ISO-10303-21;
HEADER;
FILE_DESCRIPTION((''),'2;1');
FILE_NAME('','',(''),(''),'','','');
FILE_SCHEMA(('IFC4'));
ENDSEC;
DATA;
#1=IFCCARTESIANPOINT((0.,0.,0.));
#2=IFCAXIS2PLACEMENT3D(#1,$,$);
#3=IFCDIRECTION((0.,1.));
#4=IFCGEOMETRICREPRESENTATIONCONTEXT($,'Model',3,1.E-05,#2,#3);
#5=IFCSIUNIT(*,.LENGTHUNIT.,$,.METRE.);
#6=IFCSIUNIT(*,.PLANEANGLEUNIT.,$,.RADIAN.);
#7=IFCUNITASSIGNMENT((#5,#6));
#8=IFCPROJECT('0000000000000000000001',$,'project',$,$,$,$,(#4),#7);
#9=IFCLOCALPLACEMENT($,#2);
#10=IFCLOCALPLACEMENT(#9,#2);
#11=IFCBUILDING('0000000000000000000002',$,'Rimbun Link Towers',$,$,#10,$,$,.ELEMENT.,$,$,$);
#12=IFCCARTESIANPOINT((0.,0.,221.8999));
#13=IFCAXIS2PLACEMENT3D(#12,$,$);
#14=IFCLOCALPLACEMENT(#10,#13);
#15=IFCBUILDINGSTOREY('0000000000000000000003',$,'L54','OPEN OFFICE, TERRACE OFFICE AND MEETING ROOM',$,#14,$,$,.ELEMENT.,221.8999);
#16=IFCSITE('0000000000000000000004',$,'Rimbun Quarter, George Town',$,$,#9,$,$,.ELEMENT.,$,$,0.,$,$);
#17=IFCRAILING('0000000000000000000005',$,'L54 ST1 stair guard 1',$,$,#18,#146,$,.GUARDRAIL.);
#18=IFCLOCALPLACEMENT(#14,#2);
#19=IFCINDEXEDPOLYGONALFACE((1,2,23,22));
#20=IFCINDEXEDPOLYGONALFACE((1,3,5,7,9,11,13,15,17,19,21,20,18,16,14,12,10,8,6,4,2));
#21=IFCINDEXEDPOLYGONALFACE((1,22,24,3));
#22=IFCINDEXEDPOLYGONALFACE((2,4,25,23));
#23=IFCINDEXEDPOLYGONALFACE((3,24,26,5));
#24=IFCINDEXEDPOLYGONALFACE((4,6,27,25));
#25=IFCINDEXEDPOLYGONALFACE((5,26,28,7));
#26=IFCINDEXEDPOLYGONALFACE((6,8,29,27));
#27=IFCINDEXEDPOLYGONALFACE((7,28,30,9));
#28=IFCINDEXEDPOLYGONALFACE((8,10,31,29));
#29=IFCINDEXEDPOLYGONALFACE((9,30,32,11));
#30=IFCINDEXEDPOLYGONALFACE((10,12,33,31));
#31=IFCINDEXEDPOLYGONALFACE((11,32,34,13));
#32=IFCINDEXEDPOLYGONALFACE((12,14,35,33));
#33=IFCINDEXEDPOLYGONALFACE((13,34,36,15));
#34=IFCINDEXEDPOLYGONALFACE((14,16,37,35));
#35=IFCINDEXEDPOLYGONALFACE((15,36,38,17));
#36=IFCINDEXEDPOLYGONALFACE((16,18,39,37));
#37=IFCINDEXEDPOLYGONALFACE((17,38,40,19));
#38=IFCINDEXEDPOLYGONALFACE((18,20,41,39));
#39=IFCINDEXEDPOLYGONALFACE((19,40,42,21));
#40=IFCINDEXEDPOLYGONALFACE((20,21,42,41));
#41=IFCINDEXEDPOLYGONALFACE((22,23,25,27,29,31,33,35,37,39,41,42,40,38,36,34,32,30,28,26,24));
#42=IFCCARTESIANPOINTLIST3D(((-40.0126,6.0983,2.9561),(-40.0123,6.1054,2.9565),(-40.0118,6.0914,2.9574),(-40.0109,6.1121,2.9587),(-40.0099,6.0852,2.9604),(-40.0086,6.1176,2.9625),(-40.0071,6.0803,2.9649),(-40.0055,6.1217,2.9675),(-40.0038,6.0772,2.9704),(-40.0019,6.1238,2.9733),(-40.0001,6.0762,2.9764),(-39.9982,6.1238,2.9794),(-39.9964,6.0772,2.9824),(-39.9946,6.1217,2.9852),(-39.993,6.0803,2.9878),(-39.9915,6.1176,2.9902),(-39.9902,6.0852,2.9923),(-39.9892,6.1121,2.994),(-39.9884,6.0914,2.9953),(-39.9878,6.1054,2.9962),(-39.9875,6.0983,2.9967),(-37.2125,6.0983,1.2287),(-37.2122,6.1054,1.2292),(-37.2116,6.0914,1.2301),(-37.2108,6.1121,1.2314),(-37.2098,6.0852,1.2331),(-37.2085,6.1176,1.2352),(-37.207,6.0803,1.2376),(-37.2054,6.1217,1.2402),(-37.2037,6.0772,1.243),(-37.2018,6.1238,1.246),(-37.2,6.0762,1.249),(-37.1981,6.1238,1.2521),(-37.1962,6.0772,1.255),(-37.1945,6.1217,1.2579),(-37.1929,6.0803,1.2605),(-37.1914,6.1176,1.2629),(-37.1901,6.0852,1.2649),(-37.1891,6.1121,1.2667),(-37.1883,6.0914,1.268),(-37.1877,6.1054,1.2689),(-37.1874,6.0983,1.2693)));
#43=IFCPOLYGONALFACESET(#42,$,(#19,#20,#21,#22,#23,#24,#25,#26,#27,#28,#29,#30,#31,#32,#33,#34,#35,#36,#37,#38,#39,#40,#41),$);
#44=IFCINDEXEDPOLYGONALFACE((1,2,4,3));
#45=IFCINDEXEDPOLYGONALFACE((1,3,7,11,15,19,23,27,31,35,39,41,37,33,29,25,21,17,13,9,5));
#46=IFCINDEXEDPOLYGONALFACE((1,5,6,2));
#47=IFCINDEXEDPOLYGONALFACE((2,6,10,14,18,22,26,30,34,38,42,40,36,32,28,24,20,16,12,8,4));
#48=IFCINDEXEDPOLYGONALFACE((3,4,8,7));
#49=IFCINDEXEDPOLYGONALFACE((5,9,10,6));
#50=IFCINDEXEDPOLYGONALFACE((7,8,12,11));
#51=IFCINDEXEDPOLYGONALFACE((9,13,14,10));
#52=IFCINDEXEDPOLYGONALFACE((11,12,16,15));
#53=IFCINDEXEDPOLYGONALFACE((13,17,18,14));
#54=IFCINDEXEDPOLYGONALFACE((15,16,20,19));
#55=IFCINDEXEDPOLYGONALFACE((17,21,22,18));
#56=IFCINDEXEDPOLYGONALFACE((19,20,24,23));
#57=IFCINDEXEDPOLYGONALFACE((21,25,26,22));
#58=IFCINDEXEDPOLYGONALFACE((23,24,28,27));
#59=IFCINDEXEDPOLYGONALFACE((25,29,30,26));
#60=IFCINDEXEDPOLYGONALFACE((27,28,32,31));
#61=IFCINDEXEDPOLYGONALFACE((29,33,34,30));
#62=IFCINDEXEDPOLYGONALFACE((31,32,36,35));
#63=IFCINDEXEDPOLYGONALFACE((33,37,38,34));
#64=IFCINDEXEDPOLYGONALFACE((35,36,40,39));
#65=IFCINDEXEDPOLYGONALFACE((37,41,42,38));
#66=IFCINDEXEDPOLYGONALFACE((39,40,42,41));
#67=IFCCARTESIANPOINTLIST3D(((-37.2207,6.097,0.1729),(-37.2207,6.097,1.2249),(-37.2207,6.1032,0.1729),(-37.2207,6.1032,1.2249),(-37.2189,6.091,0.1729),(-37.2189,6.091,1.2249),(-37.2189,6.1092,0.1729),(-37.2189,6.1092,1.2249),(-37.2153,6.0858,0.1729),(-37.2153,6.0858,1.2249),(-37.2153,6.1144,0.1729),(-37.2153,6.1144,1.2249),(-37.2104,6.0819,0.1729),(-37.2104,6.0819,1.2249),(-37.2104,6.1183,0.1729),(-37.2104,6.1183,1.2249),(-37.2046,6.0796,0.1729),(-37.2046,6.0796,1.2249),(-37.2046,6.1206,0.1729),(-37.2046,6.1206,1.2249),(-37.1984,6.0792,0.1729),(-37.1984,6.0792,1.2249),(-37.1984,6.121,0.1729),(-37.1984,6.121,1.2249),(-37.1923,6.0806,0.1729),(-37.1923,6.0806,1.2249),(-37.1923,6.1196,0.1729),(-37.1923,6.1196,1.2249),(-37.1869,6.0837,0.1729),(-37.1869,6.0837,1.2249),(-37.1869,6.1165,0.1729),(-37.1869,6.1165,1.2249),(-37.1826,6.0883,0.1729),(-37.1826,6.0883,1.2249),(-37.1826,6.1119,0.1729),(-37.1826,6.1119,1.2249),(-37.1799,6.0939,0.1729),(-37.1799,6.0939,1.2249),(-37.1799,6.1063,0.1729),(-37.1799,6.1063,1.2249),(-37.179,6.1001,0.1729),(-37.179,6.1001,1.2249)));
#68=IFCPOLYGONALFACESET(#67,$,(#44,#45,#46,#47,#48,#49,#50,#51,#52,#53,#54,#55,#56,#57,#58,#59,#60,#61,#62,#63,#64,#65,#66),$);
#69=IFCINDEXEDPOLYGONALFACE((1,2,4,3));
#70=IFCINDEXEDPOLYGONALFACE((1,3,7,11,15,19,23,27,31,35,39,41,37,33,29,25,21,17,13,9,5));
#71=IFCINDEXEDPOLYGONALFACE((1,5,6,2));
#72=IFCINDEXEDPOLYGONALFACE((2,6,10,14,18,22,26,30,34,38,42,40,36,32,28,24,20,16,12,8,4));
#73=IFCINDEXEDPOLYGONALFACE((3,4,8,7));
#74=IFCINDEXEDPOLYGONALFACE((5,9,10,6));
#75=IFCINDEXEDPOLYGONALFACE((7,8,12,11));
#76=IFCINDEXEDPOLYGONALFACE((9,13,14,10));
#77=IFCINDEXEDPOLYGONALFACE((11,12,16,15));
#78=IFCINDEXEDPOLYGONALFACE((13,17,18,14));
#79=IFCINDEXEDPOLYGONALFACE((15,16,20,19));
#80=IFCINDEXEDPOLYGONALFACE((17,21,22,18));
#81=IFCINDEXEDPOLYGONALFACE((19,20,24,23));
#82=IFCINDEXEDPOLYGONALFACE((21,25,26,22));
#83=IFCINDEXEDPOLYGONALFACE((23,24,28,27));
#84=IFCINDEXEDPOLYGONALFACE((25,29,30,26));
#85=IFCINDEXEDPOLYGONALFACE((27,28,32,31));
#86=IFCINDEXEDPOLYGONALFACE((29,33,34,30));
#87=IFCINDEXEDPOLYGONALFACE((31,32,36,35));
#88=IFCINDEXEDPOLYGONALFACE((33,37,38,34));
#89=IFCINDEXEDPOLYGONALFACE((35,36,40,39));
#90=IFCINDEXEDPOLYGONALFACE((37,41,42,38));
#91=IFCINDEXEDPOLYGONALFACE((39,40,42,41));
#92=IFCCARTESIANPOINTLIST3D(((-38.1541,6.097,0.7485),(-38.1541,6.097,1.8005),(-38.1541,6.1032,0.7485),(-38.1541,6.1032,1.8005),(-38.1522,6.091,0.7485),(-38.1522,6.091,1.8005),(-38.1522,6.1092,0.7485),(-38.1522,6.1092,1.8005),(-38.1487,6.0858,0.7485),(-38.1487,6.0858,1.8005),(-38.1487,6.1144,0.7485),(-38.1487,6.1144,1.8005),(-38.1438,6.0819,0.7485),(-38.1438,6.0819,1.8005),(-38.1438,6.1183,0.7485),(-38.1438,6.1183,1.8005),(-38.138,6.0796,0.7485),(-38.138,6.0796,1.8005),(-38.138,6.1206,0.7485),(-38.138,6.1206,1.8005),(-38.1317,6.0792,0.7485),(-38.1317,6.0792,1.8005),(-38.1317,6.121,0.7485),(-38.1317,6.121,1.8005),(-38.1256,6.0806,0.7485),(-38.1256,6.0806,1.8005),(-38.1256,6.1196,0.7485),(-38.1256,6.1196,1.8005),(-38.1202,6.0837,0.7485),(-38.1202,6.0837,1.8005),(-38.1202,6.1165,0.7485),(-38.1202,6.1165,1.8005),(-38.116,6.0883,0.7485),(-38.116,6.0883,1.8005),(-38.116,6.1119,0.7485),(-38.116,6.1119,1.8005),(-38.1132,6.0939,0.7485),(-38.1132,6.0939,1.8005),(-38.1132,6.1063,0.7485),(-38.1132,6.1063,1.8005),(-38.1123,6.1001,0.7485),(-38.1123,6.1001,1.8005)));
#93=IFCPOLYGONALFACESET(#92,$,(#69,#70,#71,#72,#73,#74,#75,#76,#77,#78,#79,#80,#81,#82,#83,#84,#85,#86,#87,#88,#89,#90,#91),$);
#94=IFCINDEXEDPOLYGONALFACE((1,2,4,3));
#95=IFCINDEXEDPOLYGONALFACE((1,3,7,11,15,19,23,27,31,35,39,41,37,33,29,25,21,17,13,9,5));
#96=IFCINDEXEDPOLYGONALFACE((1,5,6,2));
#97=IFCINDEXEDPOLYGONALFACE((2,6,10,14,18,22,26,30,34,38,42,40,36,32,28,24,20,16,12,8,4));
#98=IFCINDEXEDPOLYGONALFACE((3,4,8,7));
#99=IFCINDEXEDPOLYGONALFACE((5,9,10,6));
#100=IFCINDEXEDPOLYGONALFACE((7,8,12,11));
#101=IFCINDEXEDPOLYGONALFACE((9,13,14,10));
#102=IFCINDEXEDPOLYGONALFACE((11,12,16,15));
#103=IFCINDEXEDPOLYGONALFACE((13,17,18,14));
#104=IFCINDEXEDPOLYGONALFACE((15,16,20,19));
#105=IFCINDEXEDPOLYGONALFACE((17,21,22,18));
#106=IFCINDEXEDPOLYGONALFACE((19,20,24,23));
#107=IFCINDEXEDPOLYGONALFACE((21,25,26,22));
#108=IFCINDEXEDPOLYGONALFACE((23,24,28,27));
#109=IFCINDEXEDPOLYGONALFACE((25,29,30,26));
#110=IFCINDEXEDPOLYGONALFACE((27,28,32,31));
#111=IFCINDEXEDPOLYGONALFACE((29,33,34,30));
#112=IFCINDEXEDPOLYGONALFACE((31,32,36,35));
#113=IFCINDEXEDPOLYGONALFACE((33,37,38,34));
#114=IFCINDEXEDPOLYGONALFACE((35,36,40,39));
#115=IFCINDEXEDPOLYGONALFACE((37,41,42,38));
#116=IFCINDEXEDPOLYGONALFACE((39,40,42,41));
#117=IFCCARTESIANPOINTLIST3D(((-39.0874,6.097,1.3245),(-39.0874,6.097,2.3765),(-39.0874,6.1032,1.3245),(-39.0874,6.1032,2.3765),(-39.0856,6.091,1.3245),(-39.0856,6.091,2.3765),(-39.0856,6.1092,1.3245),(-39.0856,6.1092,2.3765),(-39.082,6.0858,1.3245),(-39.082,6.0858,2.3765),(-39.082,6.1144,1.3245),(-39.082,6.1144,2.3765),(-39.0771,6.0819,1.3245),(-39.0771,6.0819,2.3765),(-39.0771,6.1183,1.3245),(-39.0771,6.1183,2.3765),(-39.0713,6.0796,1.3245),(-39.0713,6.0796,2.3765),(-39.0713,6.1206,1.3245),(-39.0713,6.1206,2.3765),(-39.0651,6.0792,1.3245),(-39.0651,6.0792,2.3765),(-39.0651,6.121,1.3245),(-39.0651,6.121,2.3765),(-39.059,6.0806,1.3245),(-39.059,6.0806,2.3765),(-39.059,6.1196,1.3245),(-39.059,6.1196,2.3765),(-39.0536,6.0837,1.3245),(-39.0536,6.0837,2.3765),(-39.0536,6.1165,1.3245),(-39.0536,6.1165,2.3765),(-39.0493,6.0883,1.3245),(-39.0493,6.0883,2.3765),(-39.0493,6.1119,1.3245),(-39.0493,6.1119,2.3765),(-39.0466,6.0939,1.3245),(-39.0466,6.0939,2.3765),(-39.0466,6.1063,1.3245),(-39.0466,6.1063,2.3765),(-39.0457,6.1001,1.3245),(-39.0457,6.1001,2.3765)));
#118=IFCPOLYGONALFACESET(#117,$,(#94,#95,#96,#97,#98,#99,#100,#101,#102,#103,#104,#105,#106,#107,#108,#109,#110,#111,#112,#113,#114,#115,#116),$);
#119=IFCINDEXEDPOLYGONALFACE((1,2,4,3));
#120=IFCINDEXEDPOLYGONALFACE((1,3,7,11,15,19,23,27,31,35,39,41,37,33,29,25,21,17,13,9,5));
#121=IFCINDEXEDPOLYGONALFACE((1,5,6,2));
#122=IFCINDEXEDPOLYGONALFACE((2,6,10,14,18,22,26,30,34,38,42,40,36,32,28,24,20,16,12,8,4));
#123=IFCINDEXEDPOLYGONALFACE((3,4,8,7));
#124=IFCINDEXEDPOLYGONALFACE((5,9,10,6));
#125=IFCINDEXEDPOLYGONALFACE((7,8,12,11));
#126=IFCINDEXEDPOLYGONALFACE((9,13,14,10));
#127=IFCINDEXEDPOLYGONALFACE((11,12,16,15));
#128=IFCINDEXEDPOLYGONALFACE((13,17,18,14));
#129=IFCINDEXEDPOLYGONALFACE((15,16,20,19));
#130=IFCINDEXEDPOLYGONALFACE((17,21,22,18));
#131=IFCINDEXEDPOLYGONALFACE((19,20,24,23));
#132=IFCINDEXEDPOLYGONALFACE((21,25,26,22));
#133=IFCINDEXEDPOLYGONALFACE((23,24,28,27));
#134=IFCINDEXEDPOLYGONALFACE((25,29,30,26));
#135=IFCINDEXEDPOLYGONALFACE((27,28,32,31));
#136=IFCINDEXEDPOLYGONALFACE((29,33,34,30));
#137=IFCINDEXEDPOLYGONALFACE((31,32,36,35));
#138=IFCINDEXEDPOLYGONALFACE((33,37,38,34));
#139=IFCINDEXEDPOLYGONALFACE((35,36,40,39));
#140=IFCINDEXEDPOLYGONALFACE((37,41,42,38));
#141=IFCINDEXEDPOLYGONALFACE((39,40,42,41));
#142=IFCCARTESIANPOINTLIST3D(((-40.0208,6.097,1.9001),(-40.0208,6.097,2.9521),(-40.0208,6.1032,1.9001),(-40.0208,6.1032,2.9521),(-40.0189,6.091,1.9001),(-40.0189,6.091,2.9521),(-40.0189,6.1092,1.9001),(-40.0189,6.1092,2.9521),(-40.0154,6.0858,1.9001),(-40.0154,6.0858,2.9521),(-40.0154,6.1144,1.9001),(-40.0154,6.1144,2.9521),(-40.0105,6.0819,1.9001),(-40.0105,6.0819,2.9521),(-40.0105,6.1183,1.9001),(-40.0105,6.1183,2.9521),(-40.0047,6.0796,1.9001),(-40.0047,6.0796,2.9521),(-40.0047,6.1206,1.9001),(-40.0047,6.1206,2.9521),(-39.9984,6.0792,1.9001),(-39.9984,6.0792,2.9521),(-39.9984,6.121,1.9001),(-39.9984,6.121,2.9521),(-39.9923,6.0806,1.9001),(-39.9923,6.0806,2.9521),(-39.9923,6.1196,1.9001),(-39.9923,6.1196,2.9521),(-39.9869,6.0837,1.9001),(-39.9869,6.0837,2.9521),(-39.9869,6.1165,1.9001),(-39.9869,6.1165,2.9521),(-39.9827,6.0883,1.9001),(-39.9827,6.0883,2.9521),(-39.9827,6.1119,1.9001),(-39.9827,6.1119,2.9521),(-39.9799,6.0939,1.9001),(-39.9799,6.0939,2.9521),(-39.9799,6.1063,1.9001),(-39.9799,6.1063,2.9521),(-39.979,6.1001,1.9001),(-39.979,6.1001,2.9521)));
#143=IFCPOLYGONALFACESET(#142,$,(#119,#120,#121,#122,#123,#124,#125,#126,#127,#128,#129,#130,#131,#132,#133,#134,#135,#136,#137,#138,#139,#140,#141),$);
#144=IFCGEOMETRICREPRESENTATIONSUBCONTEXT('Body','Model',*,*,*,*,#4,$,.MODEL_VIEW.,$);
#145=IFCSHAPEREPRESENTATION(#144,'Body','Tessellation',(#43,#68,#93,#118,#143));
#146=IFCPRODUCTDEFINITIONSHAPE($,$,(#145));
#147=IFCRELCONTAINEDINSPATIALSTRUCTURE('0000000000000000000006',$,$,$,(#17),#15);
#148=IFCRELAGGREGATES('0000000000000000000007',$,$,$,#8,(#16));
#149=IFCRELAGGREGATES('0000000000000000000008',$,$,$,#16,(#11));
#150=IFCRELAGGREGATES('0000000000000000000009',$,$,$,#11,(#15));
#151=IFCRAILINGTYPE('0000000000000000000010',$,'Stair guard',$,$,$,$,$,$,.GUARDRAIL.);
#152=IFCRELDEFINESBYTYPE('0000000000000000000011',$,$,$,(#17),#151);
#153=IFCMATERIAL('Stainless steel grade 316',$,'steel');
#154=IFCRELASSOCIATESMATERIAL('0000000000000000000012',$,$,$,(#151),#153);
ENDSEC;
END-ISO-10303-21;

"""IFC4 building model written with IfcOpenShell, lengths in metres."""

from ifc_helpers import new_model, si_unit, direction, frame, origin, origin_2d, place, context, subcontext, project, spatial, circle, extrude, material, type_object, element, save


model = new_model("IFC4")

# Units and contexts
model_context = context("Model", 3, precision=1e-05, world=origin(), true_north=direction((0.0, 1.0)))
body_context = subcontext(model_context, "Body", "Model", "MODEL_VIEW")
ifc_project = project(units=[si_unit("LENGTHUNIT", "METRE"), si_unit("PLANEANGLEUNIT", "RADIAN")], contexts=[model_context])

# Site, building, storey
site_placement = place(None, origin())
site = spatial("IfcSite", under=ifc_project, at=site_placement, Name="Rimbun Quarter, George Town", CompositionType="ELEMENT", RefElevation=0.0)
building_placement = place(site_placement, origin())
building = spatial("IfcBuilding", under=site, at=building_placement, Name="Rimbun Link Towers", CompositionType="ELEMENT")
storey_placement = place(building_placement, frame((0.0, 0.0, 221.8999)))
storey = spatial("IfcBuildingStorey", under=building, at=storey_placement, Name="L54", Description="OPEN OFFICE, TERRACE OFFICE AND MEETING ROOM", CompositionType="ELEMENT", Elevation=221.8999)

# Railing
ifc_material_1 = material(Name="Stainless steel grade 316", Category="steel")
railing_type_1 = type_object("IfcRailingType", Name="Stair guard", PredefinedType="GUARDRAIL", material=ifc_material_1)
railing_1_placement = place(storey_placement, frame((-37.2, 6.1001, 0.1729)))
element("IfcRailing", 1, at=railing_1_placement, inside=storey, type_object=railing_type_1, Name="L54 ST1 stair guard 1", PredefinedType="GUARDRAIL", context=body_context, shape_type="SweptSolid", body=[
    extrude(circle(Radius=0.0239, at=origin_2d()), frame((0.0, 0.0, 1.0762), z_axis=(-0.85109, 0.0, 0.52502), x_axis=(0.0, -1.0, 0.0)), (0.0, 0.0, 1.0), 3.29),
    extrude(circle(Radius=0.021, at=origin_2d()), origin(), (0.0, 0.0, 1.0), 1.052),
    extrude(circle(Radius=0.021, at=origin_2d()), frame((-0.9333, 0.0, 0.5757)), (0.0, 0.0, 1.0), 1.052),
    extrude(circle(Radius=0.021, at=origin_2d()), frame((-1.8667, 0.0, 1.1516)), (0.0, 0.0, 1.0), 1.052),
    extrude(circle(Radius=0.021, at=origin_2d()), frame((-2.8, 0.0, 1.7273)), (0.0, 0.0, 1.0), 1.052),
])

save(model, "model.ifc")
